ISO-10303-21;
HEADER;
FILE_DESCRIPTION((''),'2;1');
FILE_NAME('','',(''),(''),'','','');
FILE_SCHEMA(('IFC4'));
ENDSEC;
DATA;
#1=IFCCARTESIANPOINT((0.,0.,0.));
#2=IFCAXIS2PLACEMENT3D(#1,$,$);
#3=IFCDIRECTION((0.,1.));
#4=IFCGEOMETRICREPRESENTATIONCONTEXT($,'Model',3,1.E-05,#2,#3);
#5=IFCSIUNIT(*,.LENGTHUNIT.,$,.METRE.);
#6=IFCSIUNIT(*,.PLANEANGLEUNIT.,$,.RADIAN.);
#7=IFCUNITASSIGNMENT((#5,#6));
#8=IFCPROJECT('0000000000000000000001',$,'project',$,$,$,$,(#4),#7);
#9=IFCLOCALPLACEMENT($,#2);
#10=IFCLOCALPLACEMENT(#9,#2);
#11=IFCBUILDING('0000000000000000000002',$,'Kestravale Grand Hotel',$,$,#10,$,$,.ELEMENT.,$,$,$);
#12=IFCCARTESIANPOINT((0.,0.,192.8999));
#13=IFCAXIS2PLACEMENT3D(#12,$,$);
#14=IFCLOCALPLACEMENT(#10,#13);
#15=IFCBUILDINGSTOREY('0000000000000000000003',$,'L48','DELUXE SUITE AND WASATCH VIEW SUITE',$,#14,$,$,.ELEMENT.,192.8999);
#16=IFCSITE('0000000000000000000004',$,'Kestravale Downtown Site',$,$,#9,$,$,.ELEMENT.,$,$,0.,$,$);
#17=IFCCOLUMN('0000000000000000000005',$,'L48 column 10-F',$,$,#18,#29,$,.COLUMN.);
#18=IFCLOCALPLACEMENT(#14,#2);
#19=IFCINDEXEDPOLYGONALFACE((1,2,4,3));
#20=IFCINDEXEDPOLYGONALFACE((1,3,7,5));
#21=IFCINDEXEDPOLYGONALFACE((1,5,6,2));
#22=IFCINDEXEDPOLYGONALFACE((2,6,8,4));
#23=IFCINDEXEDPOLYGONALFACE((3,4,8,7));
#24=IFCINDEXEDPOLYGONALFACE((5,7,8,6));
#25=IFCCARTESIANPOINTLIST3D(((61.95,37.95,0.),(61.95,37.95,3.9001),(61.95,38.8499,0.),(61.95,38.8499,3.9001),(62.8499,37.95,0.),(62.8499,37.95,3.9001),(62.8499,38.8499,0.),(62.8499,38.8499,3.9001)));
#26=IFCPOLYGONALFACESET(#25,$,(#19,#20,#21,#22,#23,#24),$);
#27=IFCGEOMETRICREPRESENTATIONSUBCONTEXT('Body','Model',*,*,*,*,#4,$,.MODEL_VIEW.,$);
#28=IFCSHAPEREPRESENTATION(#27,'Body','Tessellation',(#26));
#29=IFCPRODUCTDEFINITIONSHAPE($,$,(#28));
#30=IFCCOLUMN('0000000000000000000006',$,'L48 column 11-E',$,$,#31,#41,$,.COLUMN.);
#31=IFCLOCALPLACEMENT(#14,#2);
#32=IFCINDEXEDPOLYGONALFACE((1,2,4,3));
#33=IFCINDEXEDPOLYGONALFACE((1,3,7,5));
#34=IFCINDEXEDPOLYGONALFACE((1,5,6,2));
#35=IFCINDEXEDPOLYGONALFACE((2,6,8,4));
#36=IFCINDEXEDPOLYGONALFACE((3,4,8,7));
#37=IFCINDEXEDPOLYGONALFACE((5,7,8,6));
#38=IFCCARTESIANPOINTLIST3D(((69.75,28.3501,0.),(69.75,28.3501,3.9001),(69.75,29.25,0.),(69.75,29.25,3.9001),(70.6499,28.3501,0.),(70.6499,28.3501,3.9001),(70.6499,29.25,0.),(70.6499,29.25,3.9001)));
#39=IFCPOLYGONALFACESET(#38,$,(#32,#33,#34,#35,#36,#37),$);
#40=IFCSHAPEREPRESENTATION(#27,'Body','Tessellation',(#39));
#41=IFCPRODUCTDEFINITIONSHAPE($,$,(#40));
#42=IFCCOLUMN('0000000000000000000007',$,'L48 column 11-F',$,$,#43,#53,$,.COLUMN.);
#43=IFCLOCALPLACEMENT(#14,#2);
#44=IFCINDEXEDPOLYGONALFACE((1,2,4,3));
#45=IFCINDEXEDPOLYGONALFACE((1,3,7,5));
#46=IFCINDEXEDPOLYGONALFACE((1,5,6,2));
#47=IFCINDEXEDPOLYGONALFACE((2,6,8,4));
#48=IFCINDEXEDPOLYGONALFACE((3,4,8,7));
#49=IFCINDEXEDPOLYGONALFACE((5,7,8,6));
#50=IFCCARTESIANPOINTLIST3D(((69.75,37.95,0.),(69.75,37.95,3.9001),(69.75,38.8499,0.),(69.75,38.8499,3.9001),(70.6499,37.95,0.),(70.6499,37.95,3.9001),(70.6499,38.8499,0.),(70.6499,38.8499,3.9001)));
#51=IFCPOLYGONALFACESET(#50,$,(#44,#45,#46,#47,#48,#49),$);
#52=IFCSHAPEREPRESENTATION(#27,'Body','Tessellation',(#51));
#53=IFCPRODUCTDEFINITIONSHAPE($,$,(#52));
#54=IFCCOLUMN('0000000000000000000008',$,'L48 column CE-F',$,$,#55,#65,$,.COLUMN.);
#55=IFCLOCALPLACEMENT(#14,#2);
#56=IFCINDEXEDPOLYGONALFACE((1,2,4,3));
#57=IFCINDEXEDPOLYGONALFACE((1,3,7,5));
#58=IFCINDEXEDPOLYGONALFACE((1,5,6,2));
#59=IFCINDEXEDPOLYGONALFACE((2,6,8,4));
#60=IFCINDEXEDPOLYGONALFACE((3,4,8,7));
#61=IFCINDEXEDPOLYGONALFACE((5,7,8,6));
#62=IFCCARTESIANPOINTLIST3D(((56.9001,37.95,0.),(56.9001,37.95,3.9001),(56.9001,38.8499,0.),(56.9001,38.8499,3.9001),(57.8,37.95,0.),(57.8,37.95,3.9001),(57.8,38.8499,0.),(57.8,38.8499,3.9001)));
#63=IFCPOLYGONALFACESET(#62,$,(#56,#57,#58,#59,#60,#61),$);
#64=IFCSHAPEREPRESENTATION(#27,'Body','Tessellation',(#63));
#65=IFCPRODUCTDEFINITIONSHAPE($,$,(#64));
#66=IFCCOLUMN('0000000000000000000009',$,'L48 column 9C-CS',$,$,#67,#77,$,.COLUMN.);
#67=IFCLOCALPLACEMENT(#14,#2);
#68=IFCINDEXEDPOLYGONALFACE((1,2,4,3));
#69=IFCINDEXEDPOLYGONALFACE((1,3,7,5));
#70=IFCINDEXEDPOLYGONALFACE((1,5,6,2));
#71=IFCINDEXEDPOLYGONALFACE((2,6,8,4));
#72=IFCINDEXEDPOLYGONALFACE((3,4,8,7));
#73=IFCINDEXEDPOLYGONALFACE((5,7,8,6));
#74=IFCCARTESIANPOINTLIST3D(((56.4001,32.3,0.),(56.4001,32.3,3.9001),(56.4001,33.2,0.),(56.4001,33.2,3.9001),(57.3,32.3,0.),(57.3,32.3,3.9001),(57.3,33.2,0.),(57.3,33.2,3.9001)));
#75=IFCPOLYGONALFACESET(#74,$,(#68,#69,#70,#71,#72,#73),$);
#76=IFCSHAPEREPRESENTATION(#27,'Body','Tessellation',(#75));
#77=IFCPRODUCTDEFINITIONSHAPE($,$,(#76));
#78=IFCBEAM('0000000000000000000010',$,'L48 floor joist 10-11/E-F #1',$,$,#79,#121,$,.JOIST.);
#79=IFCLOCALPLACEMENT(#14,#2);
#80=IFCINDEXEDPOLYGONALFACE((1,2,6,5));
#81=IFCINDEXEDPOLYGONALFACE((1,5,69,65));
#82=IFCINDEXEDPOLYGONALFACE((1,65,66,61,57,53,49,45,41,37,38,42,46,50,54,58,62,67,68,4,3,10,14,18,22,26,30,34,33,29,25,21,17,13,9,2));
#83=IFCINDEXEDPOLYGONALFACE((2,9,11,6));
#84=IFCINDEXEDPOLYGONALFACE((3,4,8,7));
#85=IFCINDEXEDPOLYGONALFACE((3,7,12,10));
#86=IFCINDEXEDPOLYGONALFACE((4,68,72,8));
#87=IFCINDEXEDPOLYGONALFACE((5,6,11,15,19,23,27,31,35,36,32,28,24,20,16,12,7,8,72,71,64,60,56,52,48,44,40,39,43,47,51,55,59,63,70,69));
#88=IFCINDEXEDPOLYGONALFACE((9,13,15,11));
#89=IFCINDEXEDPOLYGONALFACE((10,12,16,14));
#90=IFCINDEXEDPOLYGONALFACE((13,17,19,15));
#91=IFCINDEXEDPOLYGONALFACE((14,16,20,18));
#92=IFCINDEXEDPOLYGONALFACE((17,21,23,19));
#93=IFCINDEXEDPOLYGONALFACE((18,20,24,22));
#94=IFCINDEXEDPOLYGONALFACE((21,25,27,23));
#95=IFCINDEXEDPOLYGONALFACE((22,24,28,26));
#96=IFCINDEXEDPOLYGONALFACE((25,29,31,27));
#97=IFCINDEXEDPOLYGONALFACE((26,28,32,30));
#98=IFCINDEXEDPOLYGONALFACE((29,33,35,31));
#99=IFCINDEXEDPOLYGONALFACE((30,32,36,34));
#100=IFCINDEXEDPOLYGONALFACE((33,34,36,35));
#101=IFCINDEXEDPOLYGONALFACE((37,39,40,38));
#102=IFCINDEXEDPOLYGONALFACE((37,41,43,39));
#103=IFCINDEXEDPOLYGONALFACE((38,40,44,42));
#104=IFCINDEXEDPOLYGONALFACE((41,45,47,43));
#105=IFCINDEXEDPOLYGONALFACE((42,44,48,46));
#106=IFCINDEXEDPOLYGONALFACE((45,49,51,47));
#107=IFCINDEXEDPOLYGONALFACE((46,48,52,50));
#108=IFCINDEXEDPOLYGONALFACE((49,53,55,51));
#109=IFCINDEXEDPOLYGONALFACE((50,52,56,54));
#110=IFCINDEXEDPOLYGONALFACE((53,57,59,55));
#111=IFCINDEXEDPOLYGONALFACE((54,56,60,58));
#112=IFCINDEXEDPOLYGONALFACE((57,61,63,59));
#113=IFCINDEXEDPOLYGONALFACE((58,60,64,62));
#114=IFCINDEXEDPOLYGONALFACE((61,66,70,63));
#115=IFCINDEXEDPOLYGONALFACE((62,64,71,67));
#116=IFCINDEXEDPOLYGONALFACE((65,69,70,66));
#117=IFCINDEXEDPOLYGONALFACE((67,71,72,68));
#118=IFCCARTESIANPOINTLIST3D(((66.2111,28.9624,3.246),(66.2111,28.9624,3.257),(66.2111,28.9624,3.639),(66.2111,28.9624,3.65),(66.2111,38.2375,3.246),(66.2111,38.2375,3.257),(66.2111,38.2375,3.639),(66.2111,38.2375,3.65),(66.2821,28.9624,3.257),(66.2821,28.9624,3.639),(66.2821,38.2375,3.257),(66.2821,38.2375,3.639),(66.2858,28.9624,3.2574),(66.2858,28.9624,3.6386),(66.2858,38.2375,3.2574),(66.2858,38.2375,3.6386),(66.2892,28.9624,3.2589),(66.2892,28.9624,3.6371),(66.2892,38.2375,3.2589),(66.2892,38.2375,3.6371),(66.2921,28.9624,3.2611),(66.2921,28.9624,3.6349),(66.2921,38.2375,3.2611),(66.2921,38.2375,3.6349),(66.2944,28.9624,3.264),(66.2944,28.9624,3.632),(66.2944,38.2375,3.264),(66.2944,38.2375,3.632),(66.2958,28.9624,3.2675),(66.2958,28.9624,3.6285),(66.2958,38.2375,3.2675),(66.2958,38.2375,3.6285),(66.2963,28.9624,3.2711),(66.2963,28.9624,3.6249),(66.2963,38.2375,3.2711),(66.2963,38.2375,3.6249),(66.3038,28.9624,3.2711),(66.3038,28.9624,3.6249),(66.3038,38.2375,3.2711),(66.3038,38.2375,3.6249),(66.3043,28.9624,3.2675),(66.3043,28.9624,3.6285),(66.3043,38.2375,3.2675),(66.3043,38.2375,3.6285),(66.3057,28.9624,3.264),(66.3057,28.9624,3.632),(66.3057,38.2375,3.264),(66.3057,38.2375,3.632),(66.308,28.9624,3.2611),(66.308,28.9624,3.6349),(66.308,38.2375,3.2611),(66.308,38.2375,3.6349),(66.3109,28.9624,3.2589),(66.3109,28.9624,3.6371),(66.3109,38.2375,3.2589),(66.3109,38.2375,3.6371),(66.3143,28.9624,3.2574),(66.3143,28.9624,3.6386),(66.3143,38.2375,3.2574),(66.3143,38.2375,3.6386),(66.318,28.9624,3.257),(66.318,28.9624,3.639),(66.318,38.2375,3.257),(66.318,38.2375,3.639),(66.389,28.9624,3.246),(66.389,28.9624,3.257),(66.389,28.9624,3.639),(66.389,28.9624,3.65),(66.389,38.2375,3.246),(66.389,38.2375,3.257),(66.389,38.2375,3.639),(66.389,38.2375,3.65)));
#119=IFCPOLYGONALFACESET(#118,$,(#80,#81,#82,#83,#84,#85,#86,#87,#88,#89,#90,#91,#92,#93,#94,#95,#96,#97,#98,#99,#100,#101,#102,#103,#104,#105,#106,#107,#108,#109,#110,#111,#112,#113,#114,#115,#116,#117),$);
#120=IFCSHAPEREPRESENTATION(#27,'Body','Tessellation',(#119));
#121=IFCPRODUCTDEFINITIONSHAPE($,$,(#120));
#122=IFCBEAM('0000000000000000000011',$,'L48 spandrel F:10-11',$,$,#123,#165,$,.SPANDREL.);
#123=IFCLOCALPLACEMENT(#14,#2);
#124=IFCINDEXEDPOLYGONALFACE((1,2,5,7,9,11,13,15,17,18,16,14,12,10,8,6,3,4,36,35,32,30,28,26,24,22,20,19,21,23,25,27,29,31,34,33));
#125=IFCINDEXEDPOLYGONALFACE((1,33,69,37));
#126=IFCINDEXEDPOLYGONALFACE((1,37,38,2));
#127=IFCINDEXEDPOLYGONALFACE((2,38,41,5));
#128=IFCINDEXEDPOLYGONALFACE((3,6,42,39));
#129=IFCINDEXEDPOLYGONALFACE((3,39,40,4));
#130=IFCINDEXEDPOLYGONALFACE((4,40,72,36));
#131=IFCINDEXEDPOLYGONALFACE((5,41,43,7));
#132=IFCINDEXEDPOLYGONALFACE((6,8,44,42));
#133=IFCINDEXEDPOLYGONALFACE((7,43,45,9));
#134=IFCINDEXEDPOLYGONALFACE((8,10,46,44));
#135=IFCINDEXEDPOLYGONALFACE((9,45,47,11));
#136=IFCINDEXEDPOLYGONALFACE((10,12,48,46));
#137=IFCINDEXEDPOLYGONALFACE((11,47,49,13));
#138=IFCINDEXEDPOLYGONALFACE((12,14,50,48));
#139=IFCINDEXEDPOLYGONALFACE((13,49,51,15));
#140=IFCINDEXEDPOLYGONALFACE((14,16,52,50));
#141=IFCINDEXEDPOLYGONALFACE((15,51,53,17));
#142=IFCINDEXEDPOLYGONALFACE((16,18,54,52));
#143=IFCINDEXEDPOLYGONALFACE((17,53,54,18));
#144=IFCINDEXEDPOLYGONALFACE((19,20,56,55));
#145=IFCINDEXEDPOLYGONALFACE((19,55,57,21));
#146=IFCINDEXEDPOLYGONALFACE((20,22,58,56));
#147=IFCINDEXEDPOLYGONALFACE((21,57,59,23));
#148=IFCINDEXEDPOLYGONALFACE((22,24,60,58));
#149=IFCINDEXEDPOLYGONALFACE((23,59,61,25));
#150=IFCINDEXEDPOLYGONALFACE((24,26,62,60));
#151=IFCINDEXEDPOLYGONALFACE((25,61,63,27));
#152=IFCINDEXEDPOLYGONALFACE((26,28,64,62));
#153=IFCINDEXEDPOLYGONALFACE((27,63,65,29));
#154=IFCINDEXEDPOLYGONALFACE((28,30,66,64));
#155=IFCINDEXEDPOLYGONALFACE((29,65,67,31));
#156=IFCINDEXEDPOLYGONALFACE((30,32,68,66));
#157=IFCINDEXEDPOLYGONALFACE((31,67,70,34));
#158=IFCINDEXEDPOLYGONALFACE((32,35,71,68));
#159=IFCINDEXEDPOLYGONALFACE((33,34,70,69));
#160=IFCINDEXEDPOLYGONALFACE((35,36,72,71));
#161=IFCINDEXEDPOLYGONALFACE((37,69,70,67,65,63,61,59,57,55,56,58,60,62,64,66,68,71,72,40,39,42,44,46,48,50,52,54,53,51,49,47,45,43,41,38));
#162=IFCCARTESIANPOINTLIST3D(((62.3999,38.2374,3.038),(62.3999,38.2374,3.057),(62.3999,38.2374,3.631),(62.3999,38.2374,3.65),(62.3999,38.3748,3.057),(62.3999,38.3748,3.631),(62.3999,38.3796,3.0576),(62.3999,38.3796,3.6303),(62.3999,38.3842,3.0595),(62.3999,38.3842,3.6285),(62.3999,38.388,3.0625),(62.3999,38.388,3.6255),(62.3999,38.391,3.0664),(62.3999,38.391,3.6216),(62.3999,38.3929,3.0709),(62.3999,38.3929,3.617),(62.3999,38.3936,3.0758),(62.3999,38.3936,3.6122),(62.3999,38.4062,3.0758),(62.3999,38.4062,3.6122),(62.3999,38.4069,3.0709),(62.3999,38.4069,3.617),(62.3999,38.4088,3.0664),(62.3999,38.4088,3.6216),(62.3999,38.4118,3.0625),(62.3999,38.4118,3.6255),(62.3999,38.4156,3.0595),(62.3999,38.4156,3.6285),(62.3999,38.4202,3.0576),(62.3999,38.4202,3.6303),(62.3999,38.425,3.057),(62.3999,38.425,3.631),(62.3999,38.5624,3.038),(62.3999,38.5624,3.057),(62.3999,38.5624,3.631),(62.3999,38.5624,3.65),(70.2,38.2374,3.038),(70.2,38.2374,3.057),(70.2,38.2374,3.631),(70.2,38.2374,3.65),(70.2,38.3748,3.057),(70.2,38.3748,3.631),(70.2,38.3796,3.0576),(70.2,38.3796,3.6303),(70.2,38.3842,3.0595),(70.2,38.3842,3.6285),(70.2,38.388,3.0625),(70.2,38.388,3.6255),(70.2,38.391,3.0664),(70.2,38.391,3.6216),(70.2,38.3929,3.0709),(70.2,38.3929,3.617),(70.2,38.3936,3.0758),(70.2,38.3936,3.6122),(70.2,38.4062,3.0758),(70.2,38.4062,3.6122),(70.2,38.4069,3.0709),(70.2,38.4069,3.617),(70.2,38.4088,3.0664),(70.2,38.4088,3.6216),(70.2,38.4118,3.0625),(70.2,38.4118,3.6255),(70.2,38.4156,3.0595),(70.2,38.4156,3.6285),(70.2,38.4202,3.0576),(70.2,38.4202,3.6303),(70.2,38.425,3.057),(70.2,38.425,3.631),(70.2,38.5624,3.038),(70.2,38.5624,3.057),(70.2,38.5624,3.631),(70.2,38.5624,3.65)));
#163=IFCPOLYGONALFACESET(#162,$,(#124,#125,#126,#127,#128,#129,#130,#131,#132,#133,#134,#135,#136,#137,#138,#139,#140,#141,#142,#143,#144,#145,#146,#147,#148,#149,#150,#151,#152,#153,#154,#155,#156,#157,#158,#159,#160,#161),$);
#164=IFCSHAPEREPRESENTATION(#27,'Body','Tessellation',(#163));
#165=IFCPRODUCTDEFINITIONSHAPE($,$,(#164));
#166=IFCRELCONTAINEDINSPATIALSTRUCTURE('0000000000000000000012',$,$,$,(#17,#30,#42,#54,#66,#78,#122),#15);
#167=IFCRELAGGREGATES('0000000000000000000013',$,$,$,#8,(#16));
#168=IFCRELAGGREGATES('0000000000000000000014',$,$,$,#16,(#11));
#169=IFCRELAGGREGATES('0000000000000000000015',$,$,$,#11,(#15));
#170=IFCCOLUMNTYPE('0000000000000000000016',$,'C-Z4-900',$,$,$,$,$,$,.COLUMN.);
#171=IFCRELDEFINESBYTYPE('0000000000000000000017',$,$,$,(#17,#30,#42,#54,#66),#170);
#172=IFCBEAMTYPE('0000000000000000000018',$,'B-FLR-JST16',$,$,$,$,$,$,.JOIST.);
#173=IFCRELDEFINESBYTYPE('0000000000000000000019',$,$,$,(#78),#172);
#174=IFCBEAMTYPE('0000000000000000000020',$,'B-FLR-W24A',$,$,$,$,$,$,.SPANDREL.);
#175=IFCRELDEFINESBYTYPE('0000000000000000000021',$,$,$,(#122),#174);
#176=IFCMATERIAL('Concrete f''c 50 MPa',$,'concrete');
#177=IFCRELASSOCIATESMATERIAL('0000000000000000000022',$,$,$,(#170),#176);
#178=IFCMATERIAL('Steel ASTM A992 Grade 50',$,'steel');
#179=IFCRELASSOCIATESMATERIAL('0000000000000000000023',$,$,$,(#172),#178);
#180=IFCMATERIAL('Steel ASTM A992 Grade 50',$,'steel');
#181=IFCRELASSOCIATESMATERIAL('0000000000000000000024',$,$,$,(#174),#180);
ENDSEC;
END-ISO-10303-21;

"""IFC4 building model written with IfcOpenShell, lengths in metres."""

from ifc_helpers import new_model, si_unit, direction, frame, origin, origin_2d, place, context, subcontext, project, spatial, rectangle, i_section, extrude, material, material_profile, profile_set, type_object, element, save


model = new_model("IFC4")

# Units and contexts
model_context = context("Model", 3, precision=1e-05, world=origin(), true_north=direction((0.0, 1.0)))
body_context = subcontext(model_context, "Body", "Model", "MODEL_VIEW")
ifc_project = project(units=[si_unit("LENGTHUNIT", "METRE"), si_unit("PLANEANGLEUNIT", "RADIAN")], contexts=[model_context])

# Site, building, storey
site_placement = place(None, origin())
site = spatial("IfcSite", under=ifc_project, at=site_placement, Name="Kestravale Downtown Site", CompositionType="ELEMENT", RefElevation=0.0)
building_placement = place(site_placement, origin())
building = spatial("IfcBuilding", under=site, at=building_placement, Name="Kestravale Grand Hotel", CompositionType="ELEMENT")
storey_placement = place(building_placement, frame((0.0, 0.0, 192.8999)))
storey = spatial("IfcBuildingStorey", under=building, at=storey_placement, Name="L48", Description="DELUXE SUITE AND WASATCH VIEW SUITE", CompositionType="ELEMENT", Elevation=192.8999)

# Columns
ifc_material_1 = material(Name="Concrete f'c 50 MPa", Category="concrete")
ifc_material_profile_1 = material_profile(ifc_material_1, rectangle(XDim=0.8999, YDim=0.8999, at=origin_2d()))
ifc_profile_set_1 = profile_set([ifc_material_profile_1], Name="Concrete f'c 50 MPa")
column_type = type_object("IfcColumnType", Name="C-Z4-900", PredefinedType="COLUMN", material=ifc_profile_set_1)
for number, where, z_axis, x_axis, name in (
    (1, (62.3999, 38.3999, 0.0), (0.0, 0.0, 1.0), (1.0, 0.0, 0.0), "L48 column 10-F"),
    (2, (70.2, 28.8, 0.0), (0.0, 0.0, 1.0), (1.0, 0.0, 0.0), "L48 column 11-E"),
    (3, (70.2, 38.3999, 0.0), (0.0, 0.0, 1.0), (1.0, 0.0, 0.0), "L48 column 11-F"),
    (4, (57.3501, 38.3999, 0.0), (0.0, 0.0, 1.0), (1.0, 0.0, 0.0), "L48 column CE-F"),
    (5, (56.8501, 32.75, 0.0), (0.0, 0.0, 1.0), (1.0, 0.0, 0.0), "L48 column 9C-CS"),
):
    element("IfcColumn", number, at=place(storey_placement, frame(where, z_axis=z_axis, x_axis=x_axis)), inside=storey, type_object=column_type, Name=name, PredefinedType="COLUMN", context=body_context, shape_type="SweptSolid", body=[
        extrude(rectangle(XDim=0.8999, YDim=0.8999, at=origin_2d()), origin(), (0.0, 0.0, 1.0), 3.9001),
    ])

# Beams
ifc_material_2 = material(Name="Steel ASTM A992 Grade 50", Category="steel")
ifc_material_profile_2 = material_profile(ifc_material_2, i_section(OverallWidth=0.178, OverallDepth=0.4041, WebThickness=0.0076, FlangeThickness=0.011, FilletRadius=0.0142, at=origin_2d()))
ifc_profile_set_2 = profile_set([ifc_material_profile_2], Name="Steel ASTM A992 Grade 50")
beam_type_1 = type_object("IfcBeamType", Name="B-FLR-JST16", PredefinedType="JOIST", material=ifc_profile_set_2)
beam_1_placement = place(storey_placement, frame((66.3, 28.9624, 3.448), z_axis=(0.0, 1.0, 0.0), x_axis=(-1.0, 0.0, 0.0)))
element("IfcBeam", 6, at=beam_1_placement, inside=storey, type_object=beam_type_1, Name="L48 floor joist 10-11/E-F #1", PredefinedType="JOIST", context=body_context, shape_type="SweptSolid", body=[
    extrude(i_section(OverallWidth=0.178, OverallDepth=0.4041, WebThickness=0.0076, FlangeThickness=0.011, FilletRadius=0.0142, at=origin_2d()), origin(), (0.0, 0.0, 1.0), 9.2751),
])
ifc_material_3 = material(Name="Steel ASTM A992 Grade 50", Category="steel")
ifc_material_profile_3 = material_profile(ifc_material_3, i_section(OverallWidth=0.325, OverallDepth=0.6121, WebThickness=0.0127, FlangeThickness=0.019, FilletRadius=0.0188, at=origin_2d()))
ifc_profile_set_3 = profile_set([ifc_material_profile_3], Name="Steel ASTM A992 Grade 50")
beam_type_2 = type_object("IfcBeamType", Name="B-FLR-W24A", PredefinedType="SPANDREL", material=ifc_profile_set_3)
beam_2_placement = place(storey_placement, frame((62.3999, 38.3999, 3.344), z_axis=(1.0, 0.0, 0.0), x_axis=(0.0, 1.0, 0.0)))
element("IfcBeam", 7, at=beam_2_placement, inside=storey, type_object=beam_type_2, Name="L48 spandrel F:10-11", PredefinedType="SPANDREL", context=body_context, shape_type="SweptSolid", body=[
    extrude(i_section(OverallWidth=0.325, OverallDepth=0.6121, WebThickness=0.0127, FlangeThickness=0.019, FilletRadius=0.0188, at=origin_2d()), origin(), (0.0, 0.0, 1.0), 7.8),
])

save(model, "model.ifc")
